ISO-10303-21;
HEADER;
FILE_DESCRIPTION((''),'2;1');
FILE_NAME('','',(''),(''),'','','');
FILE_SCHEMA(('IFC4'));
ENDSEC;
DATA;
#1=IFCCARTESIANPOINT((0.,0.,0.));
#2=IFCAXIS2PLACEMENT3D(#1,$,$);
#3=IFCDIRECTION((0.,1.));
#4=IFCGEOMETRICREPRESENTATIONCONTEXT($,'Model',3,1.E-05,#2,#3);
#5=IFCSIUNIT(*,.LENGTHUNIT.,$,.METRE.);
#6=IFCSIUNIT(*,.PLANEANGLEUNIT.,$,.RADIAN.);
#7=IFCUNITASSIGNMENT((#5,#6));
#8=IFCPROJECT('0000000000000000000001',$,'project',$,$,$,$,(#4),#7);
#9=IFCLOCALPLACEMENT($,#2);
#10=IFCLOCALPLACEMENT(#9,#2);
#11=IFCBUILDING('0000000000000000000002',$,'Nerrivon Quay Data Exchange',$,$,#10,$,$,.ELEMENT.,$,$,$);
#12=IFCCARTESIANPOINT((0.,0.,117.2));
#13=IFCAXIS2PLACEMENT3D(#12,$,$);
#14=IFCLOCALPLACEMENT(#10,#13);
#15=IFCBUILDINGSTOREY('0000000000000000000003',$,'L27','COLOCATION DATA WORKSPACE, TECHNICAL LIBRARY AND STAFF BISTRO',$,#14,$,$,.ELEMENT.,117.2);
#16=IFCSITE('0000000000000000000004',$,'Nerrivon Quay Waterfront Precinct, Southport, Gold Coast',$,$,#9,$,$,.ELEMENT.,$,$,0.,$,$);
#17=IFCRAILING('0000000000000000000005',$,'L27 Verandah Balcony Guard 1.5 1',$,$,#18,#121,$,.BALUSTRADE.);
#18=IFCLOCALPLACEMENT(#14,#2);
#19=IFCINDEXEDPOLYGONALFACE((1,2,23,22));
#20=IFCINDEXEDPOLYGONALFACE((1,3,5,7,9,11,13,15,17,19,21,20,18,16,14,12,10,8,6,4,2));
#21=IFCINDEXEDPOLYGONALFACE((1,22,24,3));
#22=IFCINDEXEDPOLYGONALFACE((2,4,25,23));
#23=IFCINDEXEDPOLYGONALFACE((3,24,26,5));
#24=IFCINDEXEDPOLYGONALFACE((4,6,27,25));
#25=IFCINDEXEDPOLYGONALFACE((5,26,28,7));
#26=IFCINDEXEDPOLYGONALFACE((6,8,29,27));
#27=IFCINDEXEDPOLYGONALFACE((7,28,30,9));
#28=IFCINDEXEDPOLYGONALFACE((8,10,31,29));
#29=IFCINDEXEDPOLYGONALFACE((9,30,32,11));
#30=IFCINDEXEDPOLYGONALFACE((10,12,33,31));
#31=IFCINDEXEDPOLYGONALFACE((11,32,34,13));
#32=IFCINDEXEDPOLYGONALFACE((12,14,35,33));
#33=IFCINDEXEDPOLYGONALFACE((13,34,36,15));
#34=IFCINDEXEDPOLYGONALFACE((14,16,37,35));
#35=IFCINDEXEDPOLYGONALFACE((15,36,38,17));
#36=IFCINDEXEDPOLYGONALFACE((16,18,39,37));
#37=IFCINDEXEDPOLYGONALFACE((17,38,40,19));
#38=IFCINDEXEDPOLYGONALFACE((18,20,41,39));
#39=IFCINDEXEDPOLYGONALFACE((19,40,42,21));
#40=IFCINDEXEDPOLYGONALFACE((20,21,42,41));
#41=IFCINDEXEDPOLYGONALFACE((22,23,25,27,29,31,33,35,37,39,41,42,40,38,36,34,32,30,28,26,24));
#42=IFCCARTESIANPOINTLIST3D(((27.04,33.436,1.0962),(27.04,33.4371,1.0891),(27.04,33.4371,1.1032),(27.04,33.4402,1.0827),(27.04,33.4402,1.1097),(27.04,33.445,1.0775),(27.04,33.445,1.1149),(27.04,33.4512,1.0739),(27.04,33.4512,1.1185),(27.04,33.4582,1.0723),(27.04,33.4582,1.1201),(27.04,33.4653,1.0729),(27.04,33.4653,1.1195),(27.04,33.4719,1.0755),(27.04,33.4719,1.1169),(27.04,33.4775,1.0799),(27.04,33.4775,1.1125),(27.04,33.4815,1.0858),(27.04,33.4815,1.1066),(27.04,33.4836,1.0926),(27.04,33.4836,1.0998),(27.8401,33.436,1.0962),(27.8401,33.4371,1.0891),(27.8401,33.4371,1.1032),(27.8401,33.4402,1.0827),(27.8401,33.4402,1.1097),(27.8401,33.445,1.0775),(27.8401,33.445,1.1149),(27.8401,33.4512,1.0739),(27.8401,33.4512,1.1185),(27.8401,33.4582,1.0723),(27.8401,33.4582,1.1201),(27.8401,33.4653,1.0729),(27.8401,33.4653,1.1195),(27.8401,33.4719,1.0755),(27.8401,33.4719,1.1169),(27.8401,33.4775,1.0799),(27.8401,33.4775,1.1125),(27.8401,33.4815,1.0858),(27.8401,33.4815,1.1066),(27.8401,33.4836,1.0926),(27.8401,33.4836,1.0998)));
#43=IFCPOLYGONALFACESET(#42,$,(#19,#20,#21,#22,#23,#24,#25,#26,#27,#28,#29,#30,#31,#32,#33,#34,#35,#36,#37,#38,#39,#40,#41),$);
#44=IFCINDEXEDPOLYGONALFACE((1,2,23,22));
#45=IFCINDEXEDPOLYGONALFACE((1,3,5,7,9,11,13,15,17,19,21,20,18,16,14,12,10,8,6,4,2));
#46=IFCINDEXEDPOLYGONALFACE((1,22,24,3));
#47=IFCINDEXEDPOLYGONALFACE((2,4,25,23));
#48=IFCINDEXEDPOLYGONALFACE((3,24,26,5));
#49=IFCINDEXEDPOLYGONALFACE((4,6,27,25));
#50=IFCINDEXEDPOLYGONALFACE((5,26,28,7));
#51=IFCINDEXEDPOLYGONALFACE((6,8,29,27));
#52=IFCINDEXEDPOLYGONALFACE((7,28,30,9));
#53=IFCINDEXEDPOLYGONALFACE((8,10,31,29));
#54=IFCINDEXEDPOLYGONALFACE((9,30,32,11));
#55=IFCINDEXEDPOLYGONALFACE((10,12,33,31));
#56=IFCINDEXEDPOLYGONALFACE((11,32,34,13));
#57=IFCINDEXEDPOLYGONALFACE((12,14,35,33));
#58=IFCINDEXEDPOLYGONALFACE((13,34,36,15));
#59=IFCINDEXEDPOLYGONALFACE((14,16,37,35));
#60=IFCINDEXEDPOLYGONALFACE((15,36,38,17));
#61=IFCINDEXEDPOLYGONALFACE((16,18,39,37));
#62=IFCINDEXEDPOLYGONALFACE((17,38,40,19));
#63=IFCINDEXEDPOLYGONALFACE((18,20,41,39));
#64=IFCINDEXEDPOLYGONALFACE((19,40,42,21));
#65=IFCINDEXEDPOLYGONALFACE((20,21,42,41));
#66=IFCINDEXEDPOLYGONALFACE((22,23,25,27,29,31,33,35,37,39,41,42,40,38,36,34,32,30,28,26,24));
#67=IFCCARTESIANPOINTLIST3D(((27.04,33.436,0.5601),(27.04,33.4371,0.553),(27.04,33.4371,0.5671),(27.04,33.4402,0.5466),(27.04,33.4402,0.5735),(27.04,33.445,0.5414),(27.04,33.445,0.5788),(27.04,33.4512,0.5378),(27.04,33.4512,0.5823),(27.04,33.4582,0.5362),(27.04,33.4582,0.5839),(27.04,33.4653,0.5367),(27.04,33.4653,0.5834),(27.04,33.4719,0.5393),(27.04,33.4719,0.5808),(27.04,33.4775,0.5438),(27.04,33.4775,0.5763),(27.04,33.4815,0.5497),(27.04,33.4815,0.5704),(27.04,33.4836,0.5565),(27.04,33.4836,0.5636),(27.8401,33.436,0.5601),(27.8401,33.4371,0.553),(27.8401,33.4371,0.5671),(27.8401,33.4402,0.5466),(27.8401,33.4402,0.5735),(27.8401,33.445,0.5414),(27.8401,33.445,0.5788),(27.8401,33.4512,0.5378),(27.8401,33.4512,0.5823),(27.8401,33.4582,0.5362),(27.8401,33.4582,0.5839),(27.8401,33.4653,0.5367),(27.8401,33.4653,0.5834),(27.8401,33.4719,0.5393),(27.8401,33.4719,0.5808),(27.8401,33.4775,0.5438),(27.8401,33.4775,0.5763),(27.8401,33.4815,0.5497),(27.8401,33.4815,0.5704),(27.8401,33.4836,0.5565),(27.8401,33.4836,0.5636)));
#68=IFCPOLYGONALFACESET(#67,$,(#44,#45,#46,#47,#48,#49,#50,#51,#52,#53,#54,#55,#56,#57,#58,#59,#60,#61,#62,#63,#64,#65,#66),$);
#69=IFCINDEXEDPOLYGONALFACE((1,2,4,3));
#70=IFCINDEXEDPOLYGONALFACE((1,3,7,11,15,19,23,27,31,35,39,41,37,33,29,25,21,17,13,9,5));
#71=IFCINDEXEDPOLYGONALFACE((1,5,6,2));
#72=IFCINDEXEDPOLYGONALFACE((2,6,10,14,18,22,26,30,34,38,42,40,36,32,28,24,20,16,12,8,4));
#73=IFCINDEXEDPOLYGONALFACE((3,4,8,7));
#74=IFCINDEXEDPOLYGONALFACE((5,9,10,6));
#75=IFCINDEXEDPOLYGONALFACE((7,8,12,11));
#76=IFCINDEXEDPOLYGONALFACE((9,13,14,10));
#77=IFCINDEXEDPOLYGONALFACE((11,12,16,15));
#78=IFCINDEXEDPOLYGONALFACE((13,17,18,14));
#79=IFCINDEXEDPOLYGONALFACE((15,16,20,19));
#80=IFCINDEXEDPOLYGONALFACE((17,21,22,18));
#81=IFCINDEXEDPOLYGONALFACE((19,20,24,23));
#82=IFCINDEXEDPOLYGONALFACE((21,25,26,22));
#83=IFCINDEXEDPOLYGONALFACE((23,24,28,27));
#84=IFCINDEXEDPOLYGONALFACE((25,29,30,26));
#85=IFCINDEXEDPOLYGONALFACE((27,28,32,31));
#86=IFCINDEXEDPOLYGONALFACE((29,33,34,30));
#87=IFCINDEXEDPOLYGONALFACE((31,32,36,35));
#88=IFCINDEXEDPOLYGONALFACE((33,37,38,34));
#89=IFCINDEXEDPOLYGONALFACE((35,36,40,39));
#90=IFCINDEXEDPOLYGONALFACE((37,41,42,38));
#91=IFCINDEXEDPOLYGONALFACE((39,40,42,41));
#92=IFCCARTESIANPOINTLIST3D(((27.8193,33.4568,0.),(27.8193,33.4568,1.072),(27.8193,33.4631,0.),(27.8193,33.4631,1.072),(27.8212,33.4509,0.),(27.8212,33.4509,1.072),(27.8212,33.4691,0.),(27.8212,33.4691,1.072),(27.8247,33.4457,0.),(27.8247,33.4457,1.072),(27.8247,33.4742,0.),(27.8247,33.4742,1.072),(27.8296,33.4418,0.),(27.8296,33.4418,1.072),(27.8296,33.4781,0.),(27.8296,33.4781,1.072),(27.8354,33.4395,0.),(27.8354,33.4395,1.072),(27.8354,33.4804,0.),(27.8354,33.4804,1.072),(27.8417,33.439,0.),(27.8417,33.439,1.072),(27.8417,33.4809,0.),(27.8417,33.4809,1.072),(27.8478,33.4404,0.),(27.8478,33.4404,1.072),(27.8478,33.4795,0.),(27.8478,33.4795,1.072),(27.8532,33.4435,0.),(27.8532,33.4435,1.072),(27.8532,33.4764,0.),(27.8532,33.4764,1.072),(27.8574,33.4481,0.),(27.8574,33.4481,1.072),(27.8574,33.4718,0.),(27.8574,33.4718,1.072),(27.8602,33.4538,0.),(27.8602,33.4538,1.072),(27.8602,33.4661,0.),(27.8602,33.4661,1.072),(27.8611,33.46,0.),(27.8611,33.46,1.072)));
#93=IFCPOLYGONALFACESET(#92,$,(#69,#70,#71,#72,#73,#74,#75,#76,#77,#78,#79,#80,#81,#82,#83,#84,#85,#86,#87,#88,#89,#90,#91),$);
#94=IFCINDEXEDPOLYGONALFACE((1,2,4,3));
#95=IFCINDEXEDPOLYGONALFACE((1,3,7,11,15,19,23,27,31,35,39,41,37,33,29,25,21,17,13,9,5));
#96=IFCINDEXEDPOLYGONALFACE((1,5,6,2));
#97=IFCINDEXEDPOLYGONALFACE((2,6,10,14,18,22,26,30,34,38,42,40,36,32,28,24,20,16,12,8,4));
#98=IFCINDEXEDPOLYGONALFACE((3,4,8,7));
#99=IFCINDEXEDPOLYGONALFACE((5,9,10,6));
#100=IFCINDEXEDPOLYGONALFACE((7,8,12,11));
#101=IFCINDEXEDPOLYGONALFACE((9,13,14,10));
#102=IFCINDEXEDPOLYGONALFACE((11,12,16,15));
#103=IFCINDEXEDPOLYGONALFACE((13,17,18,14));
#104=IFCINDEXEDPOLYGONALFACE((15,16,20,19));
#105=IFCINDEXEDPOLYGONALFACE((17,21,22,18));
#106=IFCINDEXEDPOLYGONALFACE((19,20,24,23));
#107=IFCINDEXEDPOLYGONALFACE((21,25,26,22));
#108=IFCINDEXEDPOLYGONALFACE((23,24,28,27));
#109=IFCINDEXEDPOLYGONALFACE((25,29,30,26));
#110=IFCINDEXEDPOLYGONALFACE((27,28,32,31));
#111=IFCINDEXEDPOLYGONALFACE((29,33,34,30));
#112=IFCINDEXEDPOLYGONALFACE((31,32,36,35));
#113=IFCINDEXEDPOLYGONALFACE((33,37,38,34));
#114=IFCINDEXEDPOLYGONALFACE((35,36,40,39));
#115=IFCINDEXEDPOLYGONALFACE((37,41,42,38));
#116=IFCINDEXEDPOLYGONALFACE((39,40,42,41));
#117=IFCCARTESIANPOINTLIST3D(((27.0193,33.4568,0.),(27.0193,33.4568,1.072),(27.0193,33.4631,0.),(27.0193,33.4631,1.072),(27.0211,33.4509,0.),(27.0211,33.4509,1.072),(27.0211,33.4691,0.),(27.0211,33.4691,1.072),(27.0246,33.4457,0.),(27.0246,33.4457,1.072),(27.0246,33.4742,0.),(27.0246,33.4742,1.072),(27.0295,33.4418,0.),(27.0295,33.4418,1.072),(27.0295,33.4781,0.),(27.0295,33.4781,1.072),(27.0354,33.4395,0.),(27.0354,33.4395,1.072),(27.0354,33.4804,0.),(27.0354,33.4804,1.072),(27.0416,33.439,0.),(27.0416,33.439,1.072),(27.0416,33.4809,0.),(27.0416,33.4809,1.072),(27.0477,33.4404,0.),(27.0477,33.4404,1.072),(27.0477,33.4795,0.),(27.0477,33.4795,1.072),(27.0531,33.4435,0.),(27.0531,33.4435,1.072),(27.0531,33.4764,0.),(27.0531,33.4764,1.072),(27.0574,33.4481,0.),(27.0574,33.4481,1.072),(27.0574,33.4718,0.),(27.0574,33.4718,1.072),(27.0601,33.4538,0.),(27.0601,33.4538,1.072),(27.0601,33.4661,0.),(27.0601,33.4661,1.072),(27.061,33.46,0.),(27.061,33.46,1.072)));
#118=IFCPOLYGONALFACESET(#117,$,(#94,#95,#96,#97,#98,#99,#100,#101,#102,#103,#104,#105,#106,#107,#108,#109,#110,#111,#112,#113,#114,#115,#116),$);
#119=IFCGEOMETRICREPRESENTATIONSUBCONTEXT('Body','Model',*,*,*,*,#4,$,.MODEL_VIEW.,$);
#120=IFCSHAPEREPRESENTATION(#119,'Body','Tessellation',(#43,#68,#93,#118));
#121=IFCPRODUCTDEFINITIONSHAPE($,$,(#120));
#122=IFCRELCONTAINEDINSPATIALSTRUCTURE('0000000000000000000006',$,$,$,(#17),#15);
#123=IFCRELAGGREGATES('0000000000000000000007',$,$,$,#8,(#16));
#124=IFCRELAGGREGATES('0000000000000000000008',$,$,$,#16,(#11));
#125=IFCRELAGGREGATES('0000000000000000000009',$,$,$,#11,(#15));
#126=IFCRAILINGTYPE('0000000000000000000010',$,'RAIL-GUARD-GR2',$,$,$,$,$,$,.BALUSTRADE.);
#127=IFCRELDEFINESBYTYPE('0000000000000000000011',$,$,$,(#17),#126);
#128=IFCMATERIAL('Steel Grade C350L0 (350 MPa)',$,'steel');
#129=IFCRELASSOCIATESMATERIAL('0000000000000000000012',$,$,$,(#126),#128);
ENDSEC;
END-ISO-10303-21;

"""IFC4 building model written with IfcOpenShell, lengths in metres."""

from ifc_helpers import new_model, si_unit, direction, frame, origin, origin_2d, place, context, subcontext, project, spatial, circle, extrude, material, type_object, element, save


model = new_model("IFC4")

# Units and contexts
model_context = context("Model", 3, precision=1e-05, world=origin(), true_north=direction((0.0, 1.0)))
body_context = subcontext(model_context, "Body", "Model", "MODEL_VIEW")
ifc_project = project(units=[si_unit("LENGTHUNIT", "METRE"), si_unit("PLANEANGLEUNIT", "RADIAN")], contexts=[model_context])

# Site, building, storey
site_placement = place(None, origin())
site = spatial("IfcSite", under=ifc_project, at=site_placement, Name="Nerrivon Quay Waterfront Precinct, Southport, Gold Coast", CompositionType="ELEMENT", RefElevation=0.0)
building_placement = place(site_placement, origin())
building = spatial("IfcBuilding", under=site, at=building_placement, Name="Nerrivon Quay Data Exchange", CompositionType="ELEMENT")
storey_placement = place(building_placement, frame((0.0, 0.0, 117.2)))
storey = spatial("IfcBuildingStorey", under=building, at=storey_placement, Name="L27", Description="COLOCATION DATA WORKSPACE, TECHNICAL LIBRARY AND STAFF BISTRO", CompositionType="ELEMENT", Elevation=117.2)

# Railing
ifc_material_1 = material(Name="Steel Grade C350L0 (350 MPa)", Category="steel")
railing_type = type_object("IfcRailingType", Name="RAIL-GUARD-GR2", PredefinedType="BALUSTRADE", material=ifc_material_1)
railing_1_placement = place(storey_placement, frame((27.8401, 33.46, 0.0)))
element("IfcRailing", 1, at=railing_1_placement, inside=storey, type_object=railing_type, Name="L27 Verandah Balcony Guard 1.5 1", PredefinedType="BALUSTRADE", context=body_context, shape_type="SweptSolid", body=[
    extrude(circle(Radius=0.0239, at=origin_2d()), frame((0.0, 0.0, 1.0962), z_axis=(-1.0, 0.0, 0.0), x_axis=(0.0, -1.0, 0.0)), (0.0, 0.0, 1.0), 0.8),
    extrude(circle(Radius=0.0239, at=origin_2d()), frame((0.0, 0.0, 0.5601), z_axis=(-1.0, 0.0, 0.0), x_axis=(0.0, -1.0, 0.0)), (0.0, 0.0, 1.0), 0.8),
    extrude(circle(Radius=0.021, at=origin_2d()), origin(), (0.0, 0.0, 1.0), 1.072),
    extrude(circle(Radius=0.021, at=origin_2d()), frame((-0.8, 0.0, 0.0)), (0.0, 0.0, 1.0), 1.072),
])

save(model, "model.ifc")
